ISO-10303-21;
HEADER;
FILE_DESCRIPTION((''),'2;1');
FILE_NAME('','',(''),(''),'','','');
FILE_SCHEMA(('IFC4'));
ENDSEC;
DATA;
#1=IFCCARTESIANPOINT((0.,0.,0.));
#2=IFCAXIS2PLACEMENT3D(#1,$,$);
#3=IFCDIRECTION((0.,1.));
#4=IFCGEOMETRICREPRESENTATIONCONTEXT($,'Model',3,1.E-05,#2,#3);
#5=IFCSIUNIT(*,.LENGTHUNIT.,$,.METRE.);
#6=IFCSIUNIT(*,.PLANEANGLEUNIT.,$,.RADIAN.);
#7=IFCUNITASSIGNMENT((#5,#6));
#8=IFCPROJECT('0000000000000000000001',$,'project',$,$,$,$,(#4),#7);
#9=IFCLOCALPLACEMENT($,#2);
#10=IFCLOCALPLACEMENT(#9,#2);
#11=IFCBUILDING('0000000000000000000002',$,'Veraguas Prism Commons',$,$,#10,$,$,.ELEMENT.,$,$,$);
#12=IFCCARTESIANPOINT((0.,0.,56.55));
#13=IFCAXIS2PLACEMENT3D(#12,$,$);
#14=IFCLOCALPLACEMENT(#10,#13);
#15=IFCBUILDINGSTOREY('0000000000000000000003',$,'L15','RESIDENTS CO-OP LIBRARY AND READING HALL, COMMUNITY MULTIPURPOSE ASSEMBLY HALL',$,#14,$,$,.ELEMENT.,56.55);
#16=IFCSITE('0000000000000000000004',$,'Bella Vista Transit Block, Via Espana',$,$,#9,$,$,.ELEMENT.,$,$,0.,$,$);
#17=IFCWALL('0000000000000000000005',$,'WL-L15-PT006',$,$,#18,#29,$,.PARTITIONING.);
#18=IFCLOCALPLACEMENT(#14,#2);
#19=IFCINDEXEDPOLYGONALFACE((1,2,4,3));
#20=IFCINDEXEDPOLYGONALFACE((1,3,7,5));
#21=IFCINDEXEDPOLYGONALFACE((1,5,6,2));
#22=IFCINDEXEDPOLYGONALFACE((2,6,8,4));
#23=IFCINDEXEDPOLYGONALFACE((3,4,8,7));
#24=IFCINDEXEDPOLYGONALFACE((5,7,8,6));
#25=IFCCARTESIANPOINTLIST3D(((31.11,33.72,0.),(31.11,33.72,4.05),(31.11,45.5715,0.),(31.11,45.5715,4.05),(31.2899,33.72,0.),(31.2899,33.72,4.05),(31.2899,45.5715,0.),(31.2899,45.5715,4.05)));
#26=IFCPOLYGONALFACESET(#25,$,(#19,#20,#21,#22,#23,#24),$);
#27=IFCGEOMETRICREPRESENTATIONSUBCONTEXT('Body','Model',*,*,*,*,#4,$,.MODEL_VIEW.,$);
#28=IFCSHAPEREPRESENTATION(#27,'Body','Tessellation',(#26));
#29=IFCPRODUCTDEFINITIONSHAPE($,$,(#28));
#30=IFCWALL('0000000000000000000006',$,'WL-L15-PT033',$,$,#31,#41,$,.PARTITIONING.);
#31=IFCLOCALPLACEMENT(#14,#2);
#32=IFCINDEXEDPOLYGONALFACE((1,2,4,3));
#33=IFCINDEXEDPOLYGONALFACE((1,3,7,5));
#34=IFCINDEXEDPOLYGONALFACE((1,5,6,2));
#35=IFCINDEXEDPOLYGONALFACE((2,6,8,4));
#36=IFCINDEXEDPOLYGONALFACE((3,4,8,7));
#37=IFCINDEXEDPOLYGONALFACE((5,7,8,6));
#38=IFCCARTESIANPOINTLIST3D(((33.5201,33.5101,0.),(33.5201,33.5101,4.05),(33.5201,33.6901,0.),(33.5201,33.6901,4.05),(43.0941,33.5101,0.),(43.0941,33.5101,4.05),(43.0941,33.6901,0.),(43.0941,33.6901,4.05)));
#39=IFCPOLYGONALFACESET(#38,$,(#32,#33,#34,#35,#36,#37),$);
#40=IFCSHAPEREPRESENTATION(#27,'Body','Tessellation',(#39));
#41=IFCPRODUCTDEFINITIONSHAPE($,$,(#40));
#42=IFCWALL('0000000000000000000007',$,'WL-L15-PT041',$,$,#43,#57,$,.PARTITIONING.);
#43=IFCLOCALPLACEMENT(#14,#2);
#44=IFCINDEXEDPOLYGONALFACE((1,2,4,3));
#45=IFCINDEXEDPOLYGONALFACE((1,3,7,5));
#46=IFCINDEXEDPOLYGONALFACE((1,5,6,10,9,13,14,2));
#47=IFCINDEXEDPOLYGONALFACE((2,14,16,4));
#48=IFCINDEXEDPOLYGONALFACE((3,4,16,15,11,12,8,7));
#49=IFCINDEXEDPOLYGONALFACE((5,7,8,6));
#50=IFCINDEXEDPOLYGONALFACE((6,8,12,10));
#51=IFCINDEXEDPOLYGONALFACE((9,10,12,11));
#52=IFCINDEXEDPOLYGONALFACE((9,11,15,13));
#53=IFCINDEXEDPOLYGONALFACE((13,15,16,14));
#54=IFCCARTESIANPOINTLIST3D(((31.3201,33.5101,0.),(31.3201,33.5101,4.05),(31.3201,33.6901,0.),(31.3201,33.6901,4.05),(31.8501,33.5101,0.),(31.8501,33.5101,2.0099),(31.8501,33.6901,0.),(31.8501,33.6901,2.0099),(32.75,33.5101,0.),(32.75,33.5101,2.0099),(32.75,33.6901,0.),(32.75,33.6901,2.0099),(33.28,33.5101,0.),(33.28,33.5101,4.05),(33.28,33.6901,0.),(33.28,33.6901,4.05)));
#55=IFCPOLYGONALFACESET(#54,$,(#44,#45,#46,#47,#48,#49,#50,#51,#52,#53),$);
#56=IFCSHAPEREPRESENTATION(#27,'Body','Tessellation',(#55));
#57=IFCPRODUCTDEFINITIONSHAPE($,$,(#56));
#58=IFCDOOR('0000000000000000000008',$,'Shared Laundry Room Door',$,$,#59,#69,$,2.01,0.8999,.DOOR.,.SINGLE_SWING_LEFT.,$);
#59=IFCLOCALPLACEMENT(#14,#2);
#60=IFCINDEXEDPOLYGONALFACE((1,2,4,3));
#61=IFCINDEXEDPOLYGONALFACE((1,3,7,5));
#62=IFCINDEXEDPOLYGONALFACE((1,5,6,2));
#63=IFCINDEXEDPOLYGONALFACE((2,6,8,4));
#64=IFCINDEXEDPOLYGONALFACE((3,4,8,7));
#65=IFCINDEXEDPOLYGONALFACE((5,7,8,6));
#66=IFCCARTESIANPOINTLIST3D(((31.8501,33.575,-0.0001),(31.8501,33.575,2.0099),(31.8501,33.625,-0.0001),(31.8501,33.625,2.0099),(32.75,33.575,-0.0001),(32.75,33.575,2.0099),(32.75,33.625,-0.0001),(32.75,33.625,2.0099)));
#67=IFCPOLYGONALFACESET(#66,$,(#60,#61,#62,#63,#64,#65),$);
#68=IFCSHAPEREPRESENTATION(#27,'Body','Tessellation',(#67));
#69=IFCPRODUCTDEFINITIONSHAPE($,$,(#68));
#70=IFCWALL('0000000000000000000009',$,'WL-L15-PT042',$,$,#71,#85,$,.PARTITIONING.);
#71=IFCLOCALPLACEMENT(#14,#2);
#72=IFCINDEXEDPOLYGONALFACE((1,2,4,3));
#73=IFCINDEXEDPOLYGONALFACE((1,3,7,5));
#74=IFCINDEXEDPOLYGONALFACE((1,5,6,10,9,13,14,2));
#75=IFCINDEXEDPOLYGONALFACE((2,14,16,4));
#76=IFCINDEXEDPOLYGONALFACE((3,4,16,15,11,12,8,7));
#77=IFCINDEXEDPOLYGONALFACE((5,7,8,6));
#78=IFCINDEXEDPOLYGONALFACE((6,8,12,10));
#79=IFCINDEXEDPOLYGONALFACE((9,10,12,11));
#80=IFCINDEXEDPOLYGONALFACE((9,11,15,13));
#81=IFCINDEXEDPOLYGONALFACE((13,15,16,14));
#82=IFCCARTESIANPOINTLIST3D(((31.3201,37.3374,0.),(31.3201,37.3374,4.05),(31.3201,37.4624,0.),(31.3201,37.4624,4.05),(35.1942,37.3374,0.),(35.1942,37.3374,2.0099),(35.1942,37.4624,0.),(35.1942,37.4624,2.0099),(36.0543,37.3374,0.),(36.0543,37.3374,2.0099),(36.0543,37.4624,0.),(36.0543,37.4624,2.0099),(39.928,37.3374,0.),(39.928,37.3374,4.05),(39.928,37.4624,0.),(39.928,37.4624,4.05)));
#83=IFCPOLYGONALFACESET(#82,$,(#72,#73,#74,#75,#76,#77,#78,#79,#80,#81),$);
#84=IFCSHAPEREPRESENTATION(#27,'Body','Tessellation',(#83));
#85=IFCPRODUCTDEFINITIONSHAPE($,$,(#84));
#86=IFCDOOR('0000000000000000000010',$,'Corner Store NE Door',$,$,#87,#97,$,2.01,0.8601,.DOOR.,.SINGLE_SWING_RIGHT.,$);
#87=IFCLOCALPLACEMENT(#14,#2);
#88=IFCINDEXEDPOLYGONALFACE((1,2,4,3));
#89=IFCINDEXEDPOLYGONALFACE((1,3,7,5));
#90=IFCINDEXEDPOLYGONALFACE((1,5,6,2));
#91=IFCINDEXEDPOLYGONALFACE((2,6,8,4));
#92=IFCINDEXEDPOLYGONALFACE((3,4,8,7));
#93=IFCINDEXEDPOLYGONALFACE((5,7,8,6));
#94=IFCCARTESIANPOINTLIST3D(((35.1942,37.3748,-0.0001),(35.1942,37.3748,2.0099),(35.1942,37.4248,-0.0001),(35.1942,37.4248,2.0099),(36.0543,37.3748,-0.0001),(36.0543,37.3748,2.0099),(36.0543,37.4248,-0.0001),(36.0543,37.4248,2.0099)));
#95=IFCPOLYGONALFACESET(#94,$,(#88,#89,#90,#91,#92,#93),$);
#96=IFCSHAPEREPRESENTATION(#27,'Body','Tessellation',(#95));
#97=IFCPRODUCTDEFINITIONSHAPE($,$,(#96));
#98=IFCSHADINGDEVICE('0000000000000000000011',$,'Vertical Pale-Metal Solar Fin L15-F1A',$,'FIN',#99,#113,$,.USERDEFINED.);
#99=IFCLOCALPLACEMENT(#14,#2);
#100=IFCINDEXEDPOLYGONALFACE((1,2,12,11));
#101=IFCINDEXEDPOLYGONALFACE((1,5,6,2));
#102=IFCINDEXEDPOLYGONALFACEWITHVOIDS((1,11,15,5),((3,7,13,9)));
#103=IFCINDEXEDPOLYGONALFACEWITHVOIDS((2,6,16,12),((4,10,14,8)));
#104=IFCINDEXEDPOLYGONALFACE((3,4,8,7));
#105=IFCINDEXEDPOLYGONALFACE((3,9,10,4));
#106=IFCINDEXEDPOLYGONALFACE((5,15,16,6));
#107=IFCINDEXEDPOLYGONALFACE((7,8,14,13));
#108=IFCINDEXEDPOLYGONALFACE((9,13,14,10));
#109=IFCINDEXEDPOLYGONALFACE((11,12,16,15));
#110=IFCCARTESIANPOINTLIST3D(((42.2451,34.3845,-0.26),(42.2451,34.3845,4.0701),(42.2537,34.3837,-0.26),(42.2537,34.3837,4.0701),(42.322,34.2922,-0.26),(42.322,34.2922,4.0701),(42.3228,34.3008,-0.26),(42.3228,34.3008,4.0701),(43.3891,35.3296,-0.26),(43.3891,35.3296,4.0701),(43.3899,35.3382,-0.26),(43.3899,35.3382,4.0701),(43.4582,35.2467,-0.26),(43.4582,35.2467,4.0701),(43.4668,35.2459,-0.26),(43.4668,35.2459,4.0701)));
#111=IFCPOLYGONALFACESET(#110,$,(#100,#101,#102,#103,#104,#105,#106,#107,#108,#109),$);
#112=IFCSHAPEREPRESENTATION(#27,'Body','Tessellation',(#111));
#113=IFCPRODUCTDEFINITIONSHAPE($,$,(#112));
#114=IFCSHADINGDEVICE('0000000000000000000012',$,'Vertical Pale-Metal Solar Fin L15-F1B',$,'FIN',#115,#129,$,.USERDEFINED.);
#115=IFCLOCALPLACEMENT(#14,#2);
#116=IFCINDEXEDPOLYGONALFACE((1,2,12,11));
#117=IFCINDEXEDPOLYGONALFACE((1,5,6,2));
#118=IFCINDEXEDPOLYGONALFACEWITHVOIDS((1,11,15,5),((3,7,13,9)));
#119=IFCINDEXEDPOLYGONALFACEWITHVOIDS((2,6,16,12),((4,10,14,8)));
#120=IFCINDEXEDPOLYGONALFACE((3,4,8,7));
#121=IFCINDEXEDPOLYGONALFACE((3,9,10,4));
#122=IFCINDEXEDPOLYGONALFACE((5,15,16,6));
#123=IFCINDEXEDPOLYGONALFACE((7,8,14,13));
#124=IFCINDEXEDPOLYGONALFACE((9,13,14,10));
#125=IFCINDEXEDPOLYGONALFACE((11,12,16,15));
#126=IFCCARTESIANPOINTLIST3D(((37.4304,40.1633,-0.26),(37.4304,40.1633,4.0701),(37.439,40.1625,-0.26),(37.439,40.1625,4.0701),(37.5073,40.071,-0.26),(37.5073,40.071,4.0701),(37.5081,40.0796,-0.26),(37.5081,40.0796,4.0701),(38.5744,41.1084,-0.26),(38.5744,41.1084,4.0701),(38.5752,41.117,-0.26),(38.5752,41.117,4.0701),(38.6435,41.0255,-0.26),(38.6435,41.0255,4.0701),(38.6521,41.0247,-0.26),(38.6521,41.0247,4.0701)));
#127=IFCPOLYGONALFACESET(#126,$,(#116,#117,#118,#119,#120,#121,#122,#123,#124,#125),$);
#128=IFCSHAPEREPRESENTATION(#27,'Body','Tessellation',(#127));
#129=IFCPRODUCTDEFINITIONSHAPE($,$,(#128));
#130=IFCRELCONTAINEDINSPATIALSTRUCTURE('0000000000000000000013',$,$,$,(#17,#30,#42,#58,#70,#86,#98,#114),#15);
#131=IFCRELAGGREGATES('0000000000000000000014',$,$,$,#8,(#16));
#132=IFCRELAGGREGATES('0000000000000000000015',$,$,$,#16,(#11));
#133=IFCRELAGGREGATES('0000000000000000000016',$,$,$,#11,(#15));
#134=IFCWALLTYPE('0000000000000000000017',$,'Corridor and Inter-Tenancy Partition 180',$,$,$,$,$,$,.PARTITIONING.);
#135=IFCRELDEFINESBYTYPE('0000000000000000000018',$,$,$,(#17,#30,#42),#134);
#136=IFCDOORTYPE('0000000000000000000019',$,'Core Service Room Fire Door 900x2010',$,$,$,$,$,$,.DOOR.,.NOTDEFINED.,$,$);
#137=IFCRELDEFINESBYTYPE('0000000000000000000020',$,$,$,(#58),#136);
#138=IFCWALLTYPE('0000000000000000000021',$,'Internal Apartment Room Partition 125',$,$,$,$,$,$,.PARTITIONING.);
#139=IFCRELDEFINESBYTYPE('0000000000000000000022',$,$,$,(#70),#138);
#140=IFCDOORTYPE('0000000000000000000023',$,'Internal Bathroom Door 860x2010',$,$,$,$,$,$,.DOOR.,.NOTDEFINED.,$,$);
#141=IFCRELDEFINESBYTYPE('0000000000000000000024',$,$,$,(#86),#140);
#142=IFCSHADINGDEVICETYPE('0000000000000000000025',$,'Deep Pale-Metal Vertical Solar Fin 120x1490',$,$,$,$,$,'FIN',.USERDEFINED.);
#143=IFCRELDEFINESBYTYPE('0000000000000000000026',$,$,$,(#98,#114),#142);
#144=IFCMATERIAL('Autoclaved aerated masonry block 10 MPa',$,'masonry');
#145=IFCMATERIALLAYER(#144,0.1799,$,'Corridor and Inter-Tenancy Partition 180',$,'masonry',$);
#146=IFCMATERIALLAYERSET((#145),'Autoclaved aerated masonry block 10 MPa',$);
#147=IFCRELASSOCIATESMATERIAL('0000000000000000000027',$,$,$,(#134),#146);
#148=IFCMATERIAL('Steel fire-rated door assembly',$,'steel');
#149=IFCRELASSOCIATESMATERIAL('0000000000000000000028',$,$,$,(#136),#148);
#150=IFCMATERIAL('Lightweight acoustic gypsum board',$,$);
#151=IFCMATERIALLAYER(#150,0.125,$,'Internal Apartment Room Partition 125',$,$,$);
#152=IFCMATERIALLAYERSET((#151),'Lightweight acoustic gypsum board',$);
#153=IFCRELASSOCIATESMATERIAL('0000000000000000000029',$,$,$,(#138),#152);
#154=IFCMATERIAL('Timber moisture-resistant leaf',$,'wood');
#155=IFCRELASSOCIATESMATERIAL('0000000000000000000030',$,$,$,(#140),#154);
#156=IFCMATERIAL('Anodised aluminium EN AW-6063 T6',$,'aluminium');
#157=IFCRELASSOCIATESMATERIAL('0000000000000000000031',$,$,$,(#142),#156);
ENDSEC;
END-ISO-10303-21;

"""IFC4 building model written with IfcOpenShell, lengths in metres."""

from ifc_helpers import new_model, si_unit, direction, frame, frame_2d, origin, origin_2d, place, context, subcontext, project, spatial, rectangle, hollow_rectangle, extrude, source, transform, mapped, material, layer, layer_set, material_profile, profile_set, type_object, element, fill, save


model = new_model("IFC4")

# Units and contexts
model_context = context("Model", 3, precision=1e-05, world=origin(), true_north=direction((0.0, 1.0)))
body_context = subcontext(model_context, "Body", "Model", "MODEL_VIEW")
ifc_project = project(units=[si_unit("LENGTHUNIT", "METRE"), si_unit("PLANEANGLEUNIT", "RADIAN")], contexts=[model_context])

# Site, building, storey
site_placement = place(None, origin())
site = spatial("IfcSite", under=ifc_project, at=site_placement, Name="Bella Vista Transit Block, Via Espana", CompositionType="ELEMENT", RefElevation=0.0)
building_placement = place(site_placement, origin())
building = spatial("IfcBuilding", under=site, at=building_placement, Name="Veraguas Prism Commons", CompositionType="ELEMENT")
storey_placement = place(building_placement, frame((0.0, 0.0, 56.55)))
storey = spatial("IfcBuildingStorey", under=building, at=storey_placement, Name="L15", Description="RESIDENTS CO-OP LIBRARY AND READING HALL, COMMUNITY MULTIPURPOSE ASSEMBLY HALL", CompositionType="ELEMENT", Elevation=56.55)

# Shared definitions
ifc_material_1 = material(Name="Anodised aluminium EN AW-6063 T6", Category="aluminium")

# Walls
ifc_material_2 = material(Name="Autoclaved aerated masonry block 10 MPa", Category="masonry")
ifc_layer_1 = layer(ifc_material_2, 0.1799, Name="Corridor and Inter-Tenancy Partition 180", Category="masonry")
ifc_layer_set_1 = layer_set([ifc_layer_1], Name="Autoclaved aerated masonry block 10 MPa")
wall_type_1 = type_object("IfcWallType", Name="Corridor and Inter-Tenancy Partition 180", PredefinedType="PARTITIONING", material=ifc_layer_set_1)
wall_1_placement = place(storey_placement, frame((31.2, 33.72, 0.0), z_axis=(0.0, 0.0, 1.0), x_axis=(0.0, 1.0, 0.0)))
element("IfcWall", 1, at=wall_1_placement, inside=storey, type_object=wall_type_1, Name="WL-L15-PT006", PredefinedType="PARTITIONING", context=body_context, shape_type="SweptSolid", body=[
    extrude(rectangle(XDim=11.8516, YDim=0.1799, at=frame_2d((5.9258, 0.0))), origin(), (0.0, 0.0, 1.0), 4.05),
])
wall_2_placement = place(storey_placement, frame((33.52, 33.6001, 0.0), z_axis=(0.0, 0.0, 1.0), x_axis=(1.0, 0.0, 0.0)))
element("IfcWall", 2, at=wall_2_placement, inside=storey, type_object=wall_type_1, Name="WL-L15-PT033", PredefinedType="PARTITIONING", context=body_context, shape_type="SweptSolid", body=[
    extrude(rectangle(XDim=9.574, YDim=0.1799, at=frame_2d((4.7871, 0.0))), origin(), (0.0, 0.0, 1.0), 4.05),
])

# Walls, openings, doors
wall_3_placement = place(storey_placement, frame((31.3201, 33.6001, 0.0), z_axis=(0.0, 0.0, 1.0), x_axis=(1.0, 0.0, 0.0)))
wall_3 = element("IfcWall", 3, at=wall_3_placement, inside=storey, type_object=wall_type_1, Name="WL-L15-PT041", PredefinedType="PARTITIONING", context=body_context, shape_type="SweptSolid", body=[
    extrude(rectangle(XDim=1.96, YDim=0.1799, at=frame_2d((0.98, 0.0))), origin(), (0.0, 0.0, 1.0), 4.05),
])
opening_1_placement = place(wall_3_placement, frame((0.53, 0.0, 0.0)))
opening_1 = element("IfcOpeningElement", 4, at=opening_1_placement, cuts=wall_3, PredefinedType="OPENING", context=body_context, shape_type="SweptSolid", body=[
    extrude(rectangle(XDim=0.8999, YDim=2.01, at=frame_2d((0.45, 1.0049))), frame((0.0, 0.0999, 0.0), z_axis=(0.0, -1.0, 0.0), x_axis=(1.0, 0.0, 0.0)), (0.0, 0.0, 1.0), 0.2),
])
ifc_material_3 = material(Name="Steel fire-rated door assembly", Category="steel")
door_type_1 = type_object("IfcDoorType", Name="Core Service Room Fire Door 900x2010", OperationType="NOTDEFINED", PredefinedType="DOOR", material=ifc_material_3)
shared_shape_1 = source(origin(), body_context, "Body", "SweptSolid", [
    extrude(rectangle(XDim=0.8999, YDim=2.01, at=frame_2d((0.45, 1.0049))), frame((0.0, 0.0249, 0.0), z_axis=(0.0, -1.0, 0.0), x_axis=(1.0, 0.0, 0.0)), (0.0, 0.0, 1.0), 0.05),
])
door_1_placement = place(opening_1_placement, origin())
door_1 = element("IfcDoor", 5, at=door_1_placement, inside=storey, type_object=door_type_1, Name="Shared Laundry Room Door", OperationType="SINGLE_SWING_LEFT", OverallHeight=2.01, OverallWidth=0.8999, PredefinedType="DOOR", context=body_context, shape_type="MappedRepresentation", body=[
    mapped(shared_shape_1, transform((0.0, 0.0, 0.0), scale=1.0)),
])
fill(opening_1, door_1)
ifc_material_4 = material(Name="Lightweight acoustic gypsum board")
ifc_layer_2 = layer(ifc_material_4, 0.125, Name="Internal Apartment Room Partition 125")
ifc_layer_set_2 = layer_set([ifc_layer_2], Name="Lightweight acoustic gypsum board")
wall_type_2 = type_object("IfcWallType", Name="Internal Apartment Room Partition 125", PredefinedType="PARTITIONING", material=ifc_layer_set_2)
wall_4_placement = place(storey_placement, frame((31.3201, 37.3999, 0.0), z_axis=(0.0, 0.0, 1.0), x_axis=(1.0, 0.0, 0.0)))
wall_4 = element("IfcWall", 6, at=wall_4_placement, inside=storey, type_object=wall_type_2, Name="WL-L15-PT042", PredefinedType="PARTITIONING", context=body_context, shape_type="SweptSolid", body=[
    extrude(rectangle(XDim=8.6079, YDim=0.125, at=frame_2d((4.304, 0.0))), origin(), (0.0, 0.0, 1.0), 4.05),
])
opening_2_placement = place(wall_4_placement, frame((3.874, 0.0, 0.0)))
opening_2 = element("IfcOpeningElement", 7, at=opening_2_placement, cuts=wall_4, PredefinedType="OPENING", context=body_context, shape_type="SweptSolid", body=[
    extrude(rectangle(XDim=0.8601, YDim=2.01, at=frame_2d((0.4302, 1.0049))), frame((0.0, 0.0725, 0.0), z_axis=(0.0, -1.0, 0.0), x_axis=(1.0, 0.0, 0.0)), (0.0, 0.0, 1.0), 0.145),
])
ifc_material_5 = material(Name="Timber moisture-resistant leaf", Category="wood")
door_type_2 = type_object("IfcDoorType", Name="Internal Bathroom Door 860x2010", OperationType="NOTDEFINED", PredefinedType="DOOR", material=ifc_material_5)
shared_shape_2 = source(origin(), body_context, "Body", "SweptSolid", [
    extrude(rectangle(XDim=0.8601, YDim=2.01, at=frame_2d((0.4302, 1.0049))), frame((0.0, 0.0249, 0.0), z_axis=(0.0, -1.0, 0.0), x_axis=(1.0, 0.0, 0.0)), (0.0, 0.0, 1.0), 0.05),
])
door_2_placement = place(opening_2_placement, origin())
door_2 = element("IfcDoor", 8, at=door_2_placement, inside=storey, type_object=door_type_2, Name="Corner Store NE Door", OperationType="SINGLE_SWING_RIGHT", OverallHeight=2.01, OverallWidth=0.8601, PredefinedType="DOOR", context=body_context, shape_type="MappedRepresentation", body=[
    mapped(shared_shape_2, transform((0.0, 0.0, 0.0), scale=1.0)),
])
fill(opening_2, door_2)

# Shading devices
ifc_material_profile_1 = material_profile(ifc_material_1, hollow_rectangle(XDim=0.1201, YDim=1.49, WallThickness=0.0061, at=origin_2d()), Name="FIN120X1490X6")
ifc_profile_set_1 = profile_set([ifc_material_profile_1], Name="Anodised aluminium EN AW-6063 T6")
shading_device_type = type_object("IfcShadingDeviceType", Name="Deep Pale-Metal Vertical Solar Fin 120x1490", ElementType="FIN", PredefinedType="USERDEFINED", material=ifc_profile_set_1)
for number, where, z_axis, x_axis, name in (
    (9, (42.856, 34.8152, -0.26), (0.0, 0.0, 1.0), (-0.640108, 0.768285, 0.0), "Vertical Pale-Metal Solar Fin L15-F1A"),
    (10, (38.0413, 40.594, -0.26), (0.0, 0.0, 1.0), (-0.640108, 0.768285, 0.0), "Vertical Pale-Metal Solar Fin L15-F1B"),
):
    element("IfcShadingDevice", number, at=place(storey_placement, frame(where, z_axis=z_axis, x_axis=x_axis)), inside=storey, type_object=shading_device_type, Name=name, ObjectType="FIN", PredefinedType="USERDEFINED", context=body_context, shape_type="SweptSolid", body=[
        extrude(hollow_rectangle(XDim=0.1201, YDim=1.49, WallThickness=0.0061, at=origin_2d()), origin(), (0.0, 0.0, 1.0), 4.3301),
    ])

save(model, "model.ifc")
